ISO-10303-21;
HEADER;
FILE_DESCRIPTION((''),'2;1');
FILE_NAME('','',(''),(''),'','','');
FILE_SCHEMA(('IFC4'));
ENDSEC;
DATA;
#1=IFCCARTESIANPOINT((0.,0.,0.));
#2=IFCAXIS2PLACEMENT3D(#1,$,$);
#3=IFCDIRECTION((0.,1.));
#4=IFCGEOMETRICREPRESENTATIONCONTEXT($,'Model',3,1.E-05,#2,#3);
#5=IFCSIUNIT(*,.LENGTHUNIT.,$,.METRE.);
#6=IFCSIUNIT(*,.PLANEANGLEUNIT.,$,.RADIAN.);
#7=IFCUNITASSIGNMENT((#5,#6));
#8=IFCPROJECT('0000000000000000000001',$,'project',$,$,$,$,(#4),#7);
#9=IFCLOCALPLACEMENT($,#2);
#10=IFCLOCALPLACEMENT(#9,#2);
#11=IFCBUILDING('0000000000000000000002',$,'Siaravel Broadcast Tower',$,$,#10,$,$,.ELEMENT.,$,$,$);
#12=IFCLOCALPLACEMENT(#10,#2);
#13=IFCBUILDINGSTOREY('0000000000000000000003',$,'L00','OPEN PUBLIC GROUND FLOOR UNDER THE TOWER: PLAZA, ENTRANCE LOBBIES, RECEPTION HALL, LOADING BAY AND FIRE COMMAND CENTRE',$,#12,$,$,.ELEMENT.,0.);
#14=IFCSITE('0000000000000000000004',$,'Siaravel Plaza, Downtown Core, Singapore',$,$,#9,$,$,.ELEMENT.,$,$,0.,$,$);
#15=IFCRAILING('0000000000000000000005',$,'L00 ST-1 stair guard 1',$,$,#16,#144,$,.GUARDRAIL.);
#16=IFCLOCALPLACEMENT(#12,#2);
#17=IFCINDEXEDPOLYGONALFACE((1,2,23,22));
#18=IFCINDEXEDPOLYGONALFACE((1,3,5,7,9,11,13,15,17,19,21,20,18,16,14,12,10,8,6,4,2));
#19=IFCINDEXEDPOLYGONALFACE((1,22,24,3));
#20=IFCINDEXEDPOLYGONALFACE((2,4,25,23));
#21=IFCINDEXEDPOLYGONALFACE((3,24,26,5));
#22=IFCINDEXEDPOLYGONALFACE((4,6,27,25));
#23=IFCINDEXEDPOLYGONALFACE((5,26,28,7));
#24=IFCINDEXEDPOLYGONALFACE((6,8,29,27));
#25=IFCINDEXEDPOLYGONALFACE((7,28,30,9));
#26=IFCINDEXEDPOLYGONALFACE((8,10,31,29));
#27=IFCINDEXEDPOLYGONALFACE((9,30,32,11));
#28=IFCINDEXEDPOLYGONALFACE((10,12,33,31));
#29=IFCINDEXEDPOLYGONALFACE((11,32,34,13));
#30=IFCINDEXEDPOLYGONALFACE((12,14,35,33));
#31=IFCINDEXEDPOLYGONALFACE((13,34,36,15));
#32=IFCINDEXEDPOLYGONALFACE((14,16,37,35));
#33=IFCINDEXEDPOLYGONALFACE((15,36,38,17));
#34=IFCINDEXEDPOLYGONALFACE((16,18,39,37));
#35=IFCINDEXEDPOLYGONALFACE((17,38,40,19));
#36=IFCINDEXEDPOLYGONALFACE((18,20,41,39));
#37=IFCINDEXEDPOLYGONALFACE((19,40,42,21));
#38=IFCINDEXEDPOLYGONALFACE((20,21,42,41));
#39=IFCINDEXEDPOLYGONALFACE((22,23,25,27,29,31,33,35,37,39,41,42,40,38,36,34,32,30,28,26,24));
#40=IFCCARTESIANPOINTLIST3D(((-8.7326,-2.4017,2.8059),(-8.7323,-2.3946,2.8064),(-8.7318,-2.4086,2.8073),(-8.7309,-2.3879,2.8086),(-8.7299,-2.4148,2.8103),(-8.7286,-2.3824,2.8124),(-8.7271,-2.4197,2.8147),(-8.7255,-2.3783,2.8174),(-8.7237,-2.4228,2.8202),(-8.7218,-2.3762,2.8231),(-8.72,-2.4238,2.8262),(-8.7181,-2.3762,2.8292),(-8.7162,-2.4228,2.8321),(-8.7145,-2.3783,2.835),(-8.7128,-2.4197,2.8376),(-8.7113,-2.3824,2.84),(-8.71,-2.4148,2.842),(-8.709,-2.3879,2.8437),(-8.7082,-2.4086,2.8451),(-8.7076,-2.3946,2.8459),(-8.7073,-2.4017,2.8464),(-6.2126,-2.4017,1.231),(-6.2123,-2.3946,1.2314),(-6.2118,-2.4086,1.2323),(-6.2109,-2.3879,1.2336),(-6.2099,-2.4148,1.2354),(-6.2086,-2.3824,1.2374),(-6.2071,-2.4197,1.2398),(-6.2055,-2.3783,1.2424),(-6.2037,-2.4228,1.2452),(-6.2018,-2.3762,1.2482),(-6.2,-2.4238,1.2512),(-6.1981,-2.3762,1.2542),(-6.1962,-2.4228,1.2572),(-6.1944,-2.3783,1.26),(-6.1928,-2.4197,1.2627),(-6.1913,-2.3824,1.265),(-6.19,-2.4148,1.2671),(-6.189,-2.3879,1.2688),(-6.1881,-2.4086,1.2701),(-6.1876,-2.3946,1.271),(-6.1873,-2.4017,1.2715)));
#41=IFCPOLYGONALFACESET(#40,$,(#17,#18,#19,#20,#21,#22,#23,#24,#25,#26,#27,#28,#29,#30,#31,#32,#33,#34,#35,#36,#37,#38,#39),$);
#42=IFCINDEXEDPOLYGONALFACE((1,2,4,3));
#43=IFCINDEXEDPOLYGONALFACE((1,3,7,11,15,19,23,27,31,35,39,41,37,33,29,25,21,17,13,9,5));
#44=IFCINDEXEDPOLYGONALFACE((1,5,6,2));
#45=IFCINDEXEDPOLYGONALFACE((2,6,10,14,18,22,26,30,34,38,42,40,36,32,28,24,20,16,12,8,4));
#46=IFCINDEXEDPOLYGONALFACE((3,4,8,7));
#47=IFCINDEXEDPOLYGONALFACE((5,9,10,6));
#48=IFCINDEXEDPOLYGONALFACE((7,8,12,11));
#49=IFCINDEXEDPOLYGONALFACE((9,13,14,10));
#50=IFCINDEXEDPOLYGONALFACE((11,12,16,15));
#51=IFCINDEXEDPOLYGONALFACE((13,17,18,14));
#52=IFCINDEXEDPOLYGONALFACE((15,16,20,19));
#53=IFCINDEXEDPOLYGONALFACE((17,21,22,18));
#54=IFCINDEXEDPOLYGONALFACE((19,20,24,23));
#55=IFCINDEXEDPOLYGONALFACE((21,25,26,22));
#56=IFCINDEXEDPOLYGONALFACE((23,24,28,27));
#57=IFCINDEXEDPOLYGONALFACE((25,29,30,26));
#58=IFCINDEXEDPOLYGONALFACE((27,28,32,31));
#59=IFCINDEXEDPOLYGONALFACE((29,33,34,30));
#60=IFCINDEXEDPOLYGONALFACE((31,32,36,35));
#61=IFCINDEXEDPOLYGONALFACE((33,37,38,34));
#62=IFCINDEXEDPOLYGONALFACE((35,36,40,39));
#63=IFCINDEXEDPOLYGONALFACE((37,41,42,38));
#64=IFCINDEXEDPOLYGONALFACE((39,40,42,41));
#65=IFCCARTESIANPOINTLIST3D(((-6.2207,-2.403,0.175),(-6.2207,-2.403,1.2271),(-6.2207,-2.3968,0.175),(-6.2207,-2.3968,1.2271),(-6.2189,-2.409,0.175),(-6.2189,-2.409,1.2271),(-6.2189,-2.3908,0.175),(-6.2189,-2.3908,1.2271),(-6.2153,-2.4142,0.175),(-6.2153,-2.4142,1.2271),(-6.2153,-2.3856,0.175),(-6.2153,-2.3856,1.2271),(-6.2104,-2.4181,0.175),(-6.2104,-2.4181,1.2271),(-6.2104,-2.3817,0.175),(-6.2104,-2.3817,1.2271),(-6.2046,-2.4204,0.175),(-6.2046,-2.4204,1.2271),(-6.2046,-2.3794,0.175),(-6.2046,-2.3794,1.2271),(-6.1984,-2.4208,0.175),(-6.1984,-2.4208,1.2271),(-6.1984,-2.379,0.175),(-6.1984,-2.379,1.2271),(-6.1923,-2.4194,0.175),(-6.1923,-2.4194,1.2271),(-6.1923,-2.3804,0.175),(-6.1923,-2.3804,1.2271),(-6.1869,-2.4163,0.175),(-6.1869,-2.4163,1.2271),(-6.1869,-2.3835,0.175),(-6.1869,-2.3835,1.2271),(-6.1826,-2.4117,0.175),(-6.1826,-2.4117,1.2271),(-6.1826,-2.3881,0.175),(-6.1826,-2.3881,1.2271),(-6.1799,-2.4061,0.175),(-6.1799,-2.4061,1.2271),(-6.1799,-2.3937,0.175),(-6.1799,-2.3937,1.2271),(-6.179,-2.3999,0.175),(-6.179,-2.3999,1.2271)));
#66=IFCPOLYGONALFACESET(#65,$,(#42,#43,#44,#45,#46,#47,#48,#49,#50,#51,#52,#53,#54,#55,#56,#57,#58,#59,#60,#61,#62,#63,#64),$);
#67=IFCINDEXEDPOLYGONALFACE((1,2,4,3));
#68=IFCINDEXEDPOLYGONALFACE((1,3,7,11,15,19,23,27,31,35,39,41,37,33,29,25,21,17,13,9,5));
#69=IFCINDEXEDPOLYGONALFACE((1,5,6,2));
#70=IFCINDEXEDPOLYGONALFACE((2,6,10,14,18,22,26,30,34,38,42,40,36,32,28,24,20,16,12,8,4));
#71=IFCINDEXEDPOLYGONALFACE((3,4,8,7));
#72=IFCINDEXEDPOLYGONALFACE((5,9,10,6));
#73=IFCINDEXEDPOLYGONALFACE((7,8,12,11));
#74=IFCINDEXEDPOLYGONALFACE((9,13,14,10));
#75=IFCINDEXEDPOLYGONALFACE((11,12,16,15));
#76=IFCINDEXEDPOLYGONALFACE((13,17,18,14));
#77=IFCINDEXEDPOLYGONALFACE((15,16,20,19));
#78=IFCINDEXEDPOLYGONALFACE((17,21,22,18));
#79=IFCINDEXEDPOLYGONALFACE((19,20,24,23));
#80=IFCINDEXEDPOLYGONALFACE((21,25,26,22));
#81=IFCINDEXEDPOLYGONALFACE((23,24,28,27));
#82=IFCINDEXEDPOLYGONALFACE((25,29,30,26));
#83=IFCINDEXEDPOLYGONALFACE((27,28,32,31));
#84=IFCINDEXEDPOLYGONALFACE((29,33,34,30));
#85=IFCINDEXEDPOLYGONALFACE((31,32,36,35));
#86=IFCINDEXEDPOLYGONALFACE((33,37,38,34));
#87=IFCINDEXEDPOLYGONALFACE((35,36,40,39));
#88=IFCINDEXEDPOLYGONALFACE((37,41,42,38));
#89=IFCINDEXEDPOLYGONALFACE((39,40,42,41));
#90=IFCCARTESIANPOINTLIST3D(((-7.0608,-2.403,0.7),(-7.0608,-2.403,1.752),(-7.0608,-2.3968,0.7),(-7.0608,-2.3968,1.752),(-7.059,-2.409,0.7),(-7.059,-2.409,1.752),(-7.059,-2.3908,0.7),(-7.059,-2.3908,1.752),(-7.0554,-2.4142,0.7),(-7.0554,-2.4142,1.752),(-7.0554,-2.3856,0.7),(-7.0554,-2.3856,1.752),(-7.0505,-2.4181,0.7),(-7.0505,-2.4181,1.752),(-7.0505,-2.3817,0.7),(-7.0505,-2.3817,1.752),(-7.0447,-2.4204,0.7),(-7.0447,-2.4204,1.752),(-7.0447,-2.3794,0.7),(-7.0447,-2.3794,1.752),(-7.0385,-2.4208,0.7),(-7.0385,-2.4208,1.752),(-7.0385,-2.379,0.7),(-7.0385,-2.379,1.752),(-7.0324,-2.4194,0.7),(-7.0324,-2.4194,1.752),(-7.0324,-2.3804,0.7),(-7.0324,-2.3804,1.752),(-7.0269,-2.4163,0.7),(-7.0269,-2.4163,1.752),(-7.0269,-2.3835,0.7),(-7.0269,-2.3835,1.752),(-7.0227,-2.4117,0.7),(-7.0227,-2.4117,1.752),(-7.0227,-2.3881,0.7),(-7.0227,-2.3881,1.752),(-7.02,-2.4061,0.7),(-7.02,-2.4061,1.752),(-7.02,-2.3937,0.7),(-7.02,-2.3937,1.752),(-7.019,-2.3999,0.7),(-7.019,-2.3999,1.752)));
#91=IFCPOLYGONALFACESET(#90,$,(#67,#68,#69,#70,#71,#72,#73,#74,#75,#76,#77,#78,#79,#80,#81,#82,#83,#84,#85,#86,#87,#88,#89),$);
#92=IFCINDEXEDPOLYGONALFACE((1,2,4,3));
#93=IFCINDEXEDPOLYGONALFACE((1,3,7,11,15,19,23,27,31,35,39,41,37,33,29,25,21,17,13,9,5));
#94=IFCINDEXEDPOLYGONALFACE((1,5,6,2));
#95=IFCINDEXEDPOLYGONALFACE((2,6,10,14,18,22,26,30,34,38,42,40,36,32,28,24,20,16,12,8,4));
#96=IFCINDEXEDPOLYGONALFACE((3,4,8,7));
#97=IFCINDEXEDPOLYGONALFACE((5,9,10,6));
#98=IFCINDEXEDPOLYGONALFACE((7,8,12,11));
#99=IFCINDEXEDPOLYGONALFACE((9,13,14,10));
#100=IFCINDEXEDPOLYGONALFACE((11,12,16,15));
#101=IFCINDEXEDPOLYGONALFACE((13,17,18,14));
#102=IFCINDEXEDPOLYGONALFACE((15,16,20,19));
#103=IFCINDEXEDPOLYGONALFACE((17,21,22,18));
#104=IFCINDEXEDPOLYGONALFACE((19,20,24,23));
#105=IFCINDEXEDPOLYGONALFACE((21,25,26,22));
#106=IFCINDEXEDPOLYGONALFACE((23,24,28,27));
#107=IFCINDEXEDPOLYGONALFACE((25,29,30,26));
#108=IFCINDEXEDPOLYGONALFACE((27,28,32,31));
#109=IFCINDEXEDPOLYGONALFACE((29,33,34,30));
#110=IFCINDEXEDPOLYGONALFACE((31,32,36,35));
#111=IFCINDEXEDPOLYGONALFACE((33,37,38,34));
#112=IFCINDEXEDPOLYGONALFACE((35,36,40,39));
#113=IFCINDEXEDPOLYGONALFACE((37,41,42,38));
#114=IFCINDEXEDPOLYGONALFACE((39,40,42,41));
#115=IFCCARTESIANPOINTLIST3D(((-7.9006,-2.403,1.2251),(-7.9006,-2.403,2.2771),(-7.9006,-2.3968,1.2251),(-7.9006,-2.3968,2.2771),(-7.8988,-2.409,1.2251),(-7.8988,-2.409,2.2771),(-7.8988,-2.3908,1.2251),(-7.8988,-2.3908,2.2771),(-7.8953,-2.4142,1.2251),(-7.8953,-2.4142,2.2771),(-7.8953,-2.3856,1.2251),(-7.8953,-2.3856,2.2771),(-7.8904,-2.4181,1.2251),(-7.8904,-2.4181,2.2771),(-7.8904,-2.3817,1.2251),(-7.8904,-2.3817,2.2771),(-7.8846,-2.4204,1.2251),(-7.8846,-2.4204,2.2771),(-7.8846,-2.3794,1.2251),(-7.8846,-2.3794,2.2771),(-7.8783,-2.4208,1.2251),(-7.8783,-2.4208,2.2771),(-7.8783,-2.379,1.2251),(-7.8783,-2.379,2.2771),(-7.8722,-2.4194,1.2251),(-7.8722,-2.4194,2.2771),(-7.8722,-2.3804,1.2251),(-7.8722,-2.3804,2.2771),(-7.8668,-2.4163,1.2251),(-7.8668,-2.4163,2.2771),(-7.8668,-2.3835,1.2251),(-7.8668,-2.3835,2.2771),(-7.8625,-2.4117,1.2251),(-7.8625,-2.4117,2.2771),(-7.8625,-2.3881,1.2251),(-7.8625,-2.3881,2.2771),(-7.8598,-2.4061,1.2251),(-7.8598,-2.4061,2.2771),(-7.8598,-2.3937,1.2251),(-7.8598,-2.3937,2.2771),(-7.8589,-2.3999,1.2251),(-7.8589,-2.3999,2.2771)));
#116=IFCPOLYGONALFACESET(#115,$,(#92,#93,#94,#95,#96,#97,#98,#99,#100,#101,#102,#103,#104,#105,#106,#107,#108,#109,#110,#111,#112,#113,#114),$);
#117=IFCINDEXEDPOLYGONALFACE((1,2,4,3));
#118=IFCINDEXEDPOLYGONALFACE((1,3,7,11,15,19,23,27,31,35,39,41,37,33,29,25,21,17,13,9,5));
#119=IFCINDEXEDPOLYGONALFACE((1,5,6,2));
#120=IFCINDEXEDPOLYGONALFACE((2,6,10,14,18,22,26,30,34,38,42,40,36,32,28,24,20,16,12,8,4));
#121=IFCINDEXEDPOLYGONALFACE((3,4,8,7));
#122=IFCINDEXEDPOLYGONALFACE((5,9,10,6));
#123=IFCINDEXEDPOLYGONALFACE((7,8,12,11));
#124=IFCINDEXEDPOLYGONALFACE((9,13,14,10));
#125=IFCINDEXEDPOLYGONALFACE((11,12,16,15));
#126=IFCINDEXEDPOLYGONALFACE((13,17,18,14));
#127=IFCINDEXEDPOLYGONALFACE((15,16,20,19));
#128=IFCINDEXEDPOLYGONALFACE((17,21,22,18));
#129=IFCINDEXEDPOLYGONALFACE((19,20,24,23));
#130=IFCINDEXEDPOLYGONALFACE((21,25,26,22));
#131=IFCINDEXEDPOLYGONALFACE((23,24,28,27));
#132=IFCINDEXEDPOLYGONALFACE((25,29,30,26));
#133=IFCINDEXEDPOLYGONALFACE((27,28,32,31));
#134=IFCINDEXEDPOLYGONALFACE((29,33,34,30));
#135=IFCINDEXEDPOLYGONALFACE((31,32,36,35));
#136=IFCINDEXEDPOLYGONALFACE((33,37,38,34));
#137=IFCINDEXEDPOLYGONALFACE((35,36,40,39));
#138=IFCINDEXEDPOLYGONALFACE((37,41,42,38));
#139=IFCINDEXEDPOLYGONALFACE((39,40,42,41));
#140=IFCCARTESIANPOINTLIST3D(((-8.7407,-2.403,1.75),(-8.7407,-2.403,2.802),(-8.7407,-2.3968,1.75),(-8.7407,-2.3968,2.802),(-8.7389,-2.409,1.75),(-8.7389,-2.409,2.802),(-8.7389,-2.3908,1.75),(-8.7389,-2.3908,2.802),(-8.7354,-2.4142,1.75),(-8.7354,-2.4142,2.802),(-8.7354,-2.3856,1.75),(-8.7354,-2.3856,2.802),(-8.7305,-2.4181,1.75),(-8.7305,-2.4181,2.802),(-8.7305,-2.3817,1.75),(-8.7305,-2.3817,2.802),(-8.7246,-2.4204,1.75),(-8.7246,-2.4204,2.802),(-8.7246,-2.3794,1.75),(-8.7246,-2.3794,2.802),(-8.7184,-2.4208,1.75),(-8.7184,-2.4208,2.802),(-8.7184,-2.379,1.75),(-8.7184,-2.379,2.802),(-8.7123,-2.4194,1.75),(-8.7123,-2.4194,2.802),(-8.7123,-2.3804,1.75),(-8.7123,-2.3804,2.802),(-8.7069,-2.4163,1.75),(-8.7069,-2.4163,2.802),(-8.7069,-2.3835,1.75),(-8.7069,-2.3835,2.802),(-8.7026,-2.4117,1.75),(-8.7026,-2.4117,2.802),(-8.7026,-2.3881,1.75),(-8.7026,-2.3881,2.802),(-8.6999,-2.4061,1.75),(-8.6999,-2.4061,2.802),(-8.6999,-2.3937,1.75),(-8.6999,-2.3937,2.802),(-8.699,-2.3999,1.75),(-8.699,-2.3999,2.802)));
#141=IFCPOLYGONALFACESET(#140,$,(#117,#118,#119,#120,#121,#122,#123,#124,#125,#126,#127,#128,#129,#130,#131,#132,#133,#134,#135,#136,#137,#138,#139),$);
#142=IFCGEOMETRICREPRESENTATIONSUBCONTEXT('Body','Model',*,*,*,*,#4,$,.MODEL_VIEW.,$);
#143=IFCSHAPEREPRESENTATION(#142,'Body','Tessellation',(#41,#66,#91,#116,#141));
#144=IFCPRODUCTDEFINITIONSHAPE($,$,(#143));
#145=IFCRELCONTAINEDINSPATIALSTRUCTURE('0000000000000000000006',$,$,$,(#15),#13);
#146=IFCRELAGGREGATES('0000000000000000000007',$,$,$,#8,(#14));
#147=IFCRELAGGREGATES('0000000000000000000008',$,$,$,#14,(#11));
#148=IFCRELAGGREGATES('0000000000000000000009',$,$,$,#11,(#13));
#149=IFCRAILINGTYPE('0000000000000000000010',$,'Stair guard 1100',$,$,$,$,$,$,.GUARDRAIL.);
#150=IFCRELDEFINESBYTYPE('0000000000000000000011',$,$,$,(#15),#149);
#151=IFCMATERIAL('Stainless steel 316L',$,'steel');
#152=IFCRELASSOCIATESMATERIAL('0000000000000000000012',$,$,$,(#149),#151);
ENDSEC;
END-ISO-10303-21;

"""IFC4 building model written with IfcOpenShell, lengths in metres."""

from ifc_helpers import new_model, si_unit, direction, frame, origin, origin_2d, place, context, subcontext, project, spatial, circle, extrude, material, type_object, element, save


model = new_model("IFC4")

# Units and contexts
model_context = context("Model", 3, precision=1e-05, world=origin(), true_north=direction((0.0, 1.0)))
body_context = subcontext(model_context, "Body", "Model", "MODEL_VIEW")
ifc_project = project(units=[si_unit("LENGTHUNIT", "METRE"), si_unit("PLANEANGLEUNIT", "RADIAN")], contexts=[model_context])

# Site, building, storey
site_placement = place(None, origin())
site = spatial("IfcSite", under=ifc_project, at=site_placement, Name="Siaravel Plaza, Downtown Core, Singapore", CompositionType="ELEMENT", RefElevation=0.0)
building_placement = place(site_placement, origin())
building = spatial("IfcBuilding", under=site, at=building_placement, Name="Siaravel Broadcast Tower", CompositionType="ELEMENT")
storey_placement = place(building_placement, origin())
storey = spatial("IfcBuildingStorey", under=building, at=storey_placement, Name="L00", Description="OPEN PUBLIC GROUND FLOOR UNDER THE TOWER: PLAZA, ENTRANCE LOBBIES, RECEPTION HALL, LOADING BAY AND FIRE COMMAND CENTRE", CompositionType="ELEMENT", Elevation=0.0)

# Shared definitions
ifc_material_1 = material(Name="Stainless steel 316L", Category="steel")

# Railing
railing_type_1 = type_object("IfcRailingType", Name="Stair guard 1100", PredefinedType="GUARDRAIL", material=ifc_material_1)
railing_1_placement = place(storey_placement, frame((-6.2, -2.3999, 0.175)))
element("IfcRailing", 1, at=railing_1_placement, inside=storey, type_object=railing_type_1, Name="L00 ST-1 stair guard 1", PredefinedType="GUARDRAIL", context=body_context, shape_type="SweptSolid", body=[
    extrude(circle(Radius=0.0239, at=origin_2d()), frame((0.0, 0.0, 1.0762), z_axis=(-0.848008, 0.0, 0.529984), x_axis=(0.0, -1.0, 0.0)), (0.0, 0.0, 1.0), 2.9717),
    extrude(circle(Radius=0.021, at=origin_2d()), origin(), (0.0, 0.0, 1.0), 1.052),
    extrude(circle(Radius=0.021, at=origin_2d()), frame((-0.8401, 0.0, 0.5249)), (0.0, 0.0, 1.0), 1.052),
    extrude(circle(Radius=0.021, at=origin_2d()), frame((-1.6799, 0.0, 1.05)), (0.0, 0.0, 1.0), 1.052),
    extrude(circle(Radius=0.021, at=origin_2d()), frame((-2.52, 0.0, 1.575)), (0.0, 0.0, 1.0), 1.052),
])

save(model, "model.ifc")
